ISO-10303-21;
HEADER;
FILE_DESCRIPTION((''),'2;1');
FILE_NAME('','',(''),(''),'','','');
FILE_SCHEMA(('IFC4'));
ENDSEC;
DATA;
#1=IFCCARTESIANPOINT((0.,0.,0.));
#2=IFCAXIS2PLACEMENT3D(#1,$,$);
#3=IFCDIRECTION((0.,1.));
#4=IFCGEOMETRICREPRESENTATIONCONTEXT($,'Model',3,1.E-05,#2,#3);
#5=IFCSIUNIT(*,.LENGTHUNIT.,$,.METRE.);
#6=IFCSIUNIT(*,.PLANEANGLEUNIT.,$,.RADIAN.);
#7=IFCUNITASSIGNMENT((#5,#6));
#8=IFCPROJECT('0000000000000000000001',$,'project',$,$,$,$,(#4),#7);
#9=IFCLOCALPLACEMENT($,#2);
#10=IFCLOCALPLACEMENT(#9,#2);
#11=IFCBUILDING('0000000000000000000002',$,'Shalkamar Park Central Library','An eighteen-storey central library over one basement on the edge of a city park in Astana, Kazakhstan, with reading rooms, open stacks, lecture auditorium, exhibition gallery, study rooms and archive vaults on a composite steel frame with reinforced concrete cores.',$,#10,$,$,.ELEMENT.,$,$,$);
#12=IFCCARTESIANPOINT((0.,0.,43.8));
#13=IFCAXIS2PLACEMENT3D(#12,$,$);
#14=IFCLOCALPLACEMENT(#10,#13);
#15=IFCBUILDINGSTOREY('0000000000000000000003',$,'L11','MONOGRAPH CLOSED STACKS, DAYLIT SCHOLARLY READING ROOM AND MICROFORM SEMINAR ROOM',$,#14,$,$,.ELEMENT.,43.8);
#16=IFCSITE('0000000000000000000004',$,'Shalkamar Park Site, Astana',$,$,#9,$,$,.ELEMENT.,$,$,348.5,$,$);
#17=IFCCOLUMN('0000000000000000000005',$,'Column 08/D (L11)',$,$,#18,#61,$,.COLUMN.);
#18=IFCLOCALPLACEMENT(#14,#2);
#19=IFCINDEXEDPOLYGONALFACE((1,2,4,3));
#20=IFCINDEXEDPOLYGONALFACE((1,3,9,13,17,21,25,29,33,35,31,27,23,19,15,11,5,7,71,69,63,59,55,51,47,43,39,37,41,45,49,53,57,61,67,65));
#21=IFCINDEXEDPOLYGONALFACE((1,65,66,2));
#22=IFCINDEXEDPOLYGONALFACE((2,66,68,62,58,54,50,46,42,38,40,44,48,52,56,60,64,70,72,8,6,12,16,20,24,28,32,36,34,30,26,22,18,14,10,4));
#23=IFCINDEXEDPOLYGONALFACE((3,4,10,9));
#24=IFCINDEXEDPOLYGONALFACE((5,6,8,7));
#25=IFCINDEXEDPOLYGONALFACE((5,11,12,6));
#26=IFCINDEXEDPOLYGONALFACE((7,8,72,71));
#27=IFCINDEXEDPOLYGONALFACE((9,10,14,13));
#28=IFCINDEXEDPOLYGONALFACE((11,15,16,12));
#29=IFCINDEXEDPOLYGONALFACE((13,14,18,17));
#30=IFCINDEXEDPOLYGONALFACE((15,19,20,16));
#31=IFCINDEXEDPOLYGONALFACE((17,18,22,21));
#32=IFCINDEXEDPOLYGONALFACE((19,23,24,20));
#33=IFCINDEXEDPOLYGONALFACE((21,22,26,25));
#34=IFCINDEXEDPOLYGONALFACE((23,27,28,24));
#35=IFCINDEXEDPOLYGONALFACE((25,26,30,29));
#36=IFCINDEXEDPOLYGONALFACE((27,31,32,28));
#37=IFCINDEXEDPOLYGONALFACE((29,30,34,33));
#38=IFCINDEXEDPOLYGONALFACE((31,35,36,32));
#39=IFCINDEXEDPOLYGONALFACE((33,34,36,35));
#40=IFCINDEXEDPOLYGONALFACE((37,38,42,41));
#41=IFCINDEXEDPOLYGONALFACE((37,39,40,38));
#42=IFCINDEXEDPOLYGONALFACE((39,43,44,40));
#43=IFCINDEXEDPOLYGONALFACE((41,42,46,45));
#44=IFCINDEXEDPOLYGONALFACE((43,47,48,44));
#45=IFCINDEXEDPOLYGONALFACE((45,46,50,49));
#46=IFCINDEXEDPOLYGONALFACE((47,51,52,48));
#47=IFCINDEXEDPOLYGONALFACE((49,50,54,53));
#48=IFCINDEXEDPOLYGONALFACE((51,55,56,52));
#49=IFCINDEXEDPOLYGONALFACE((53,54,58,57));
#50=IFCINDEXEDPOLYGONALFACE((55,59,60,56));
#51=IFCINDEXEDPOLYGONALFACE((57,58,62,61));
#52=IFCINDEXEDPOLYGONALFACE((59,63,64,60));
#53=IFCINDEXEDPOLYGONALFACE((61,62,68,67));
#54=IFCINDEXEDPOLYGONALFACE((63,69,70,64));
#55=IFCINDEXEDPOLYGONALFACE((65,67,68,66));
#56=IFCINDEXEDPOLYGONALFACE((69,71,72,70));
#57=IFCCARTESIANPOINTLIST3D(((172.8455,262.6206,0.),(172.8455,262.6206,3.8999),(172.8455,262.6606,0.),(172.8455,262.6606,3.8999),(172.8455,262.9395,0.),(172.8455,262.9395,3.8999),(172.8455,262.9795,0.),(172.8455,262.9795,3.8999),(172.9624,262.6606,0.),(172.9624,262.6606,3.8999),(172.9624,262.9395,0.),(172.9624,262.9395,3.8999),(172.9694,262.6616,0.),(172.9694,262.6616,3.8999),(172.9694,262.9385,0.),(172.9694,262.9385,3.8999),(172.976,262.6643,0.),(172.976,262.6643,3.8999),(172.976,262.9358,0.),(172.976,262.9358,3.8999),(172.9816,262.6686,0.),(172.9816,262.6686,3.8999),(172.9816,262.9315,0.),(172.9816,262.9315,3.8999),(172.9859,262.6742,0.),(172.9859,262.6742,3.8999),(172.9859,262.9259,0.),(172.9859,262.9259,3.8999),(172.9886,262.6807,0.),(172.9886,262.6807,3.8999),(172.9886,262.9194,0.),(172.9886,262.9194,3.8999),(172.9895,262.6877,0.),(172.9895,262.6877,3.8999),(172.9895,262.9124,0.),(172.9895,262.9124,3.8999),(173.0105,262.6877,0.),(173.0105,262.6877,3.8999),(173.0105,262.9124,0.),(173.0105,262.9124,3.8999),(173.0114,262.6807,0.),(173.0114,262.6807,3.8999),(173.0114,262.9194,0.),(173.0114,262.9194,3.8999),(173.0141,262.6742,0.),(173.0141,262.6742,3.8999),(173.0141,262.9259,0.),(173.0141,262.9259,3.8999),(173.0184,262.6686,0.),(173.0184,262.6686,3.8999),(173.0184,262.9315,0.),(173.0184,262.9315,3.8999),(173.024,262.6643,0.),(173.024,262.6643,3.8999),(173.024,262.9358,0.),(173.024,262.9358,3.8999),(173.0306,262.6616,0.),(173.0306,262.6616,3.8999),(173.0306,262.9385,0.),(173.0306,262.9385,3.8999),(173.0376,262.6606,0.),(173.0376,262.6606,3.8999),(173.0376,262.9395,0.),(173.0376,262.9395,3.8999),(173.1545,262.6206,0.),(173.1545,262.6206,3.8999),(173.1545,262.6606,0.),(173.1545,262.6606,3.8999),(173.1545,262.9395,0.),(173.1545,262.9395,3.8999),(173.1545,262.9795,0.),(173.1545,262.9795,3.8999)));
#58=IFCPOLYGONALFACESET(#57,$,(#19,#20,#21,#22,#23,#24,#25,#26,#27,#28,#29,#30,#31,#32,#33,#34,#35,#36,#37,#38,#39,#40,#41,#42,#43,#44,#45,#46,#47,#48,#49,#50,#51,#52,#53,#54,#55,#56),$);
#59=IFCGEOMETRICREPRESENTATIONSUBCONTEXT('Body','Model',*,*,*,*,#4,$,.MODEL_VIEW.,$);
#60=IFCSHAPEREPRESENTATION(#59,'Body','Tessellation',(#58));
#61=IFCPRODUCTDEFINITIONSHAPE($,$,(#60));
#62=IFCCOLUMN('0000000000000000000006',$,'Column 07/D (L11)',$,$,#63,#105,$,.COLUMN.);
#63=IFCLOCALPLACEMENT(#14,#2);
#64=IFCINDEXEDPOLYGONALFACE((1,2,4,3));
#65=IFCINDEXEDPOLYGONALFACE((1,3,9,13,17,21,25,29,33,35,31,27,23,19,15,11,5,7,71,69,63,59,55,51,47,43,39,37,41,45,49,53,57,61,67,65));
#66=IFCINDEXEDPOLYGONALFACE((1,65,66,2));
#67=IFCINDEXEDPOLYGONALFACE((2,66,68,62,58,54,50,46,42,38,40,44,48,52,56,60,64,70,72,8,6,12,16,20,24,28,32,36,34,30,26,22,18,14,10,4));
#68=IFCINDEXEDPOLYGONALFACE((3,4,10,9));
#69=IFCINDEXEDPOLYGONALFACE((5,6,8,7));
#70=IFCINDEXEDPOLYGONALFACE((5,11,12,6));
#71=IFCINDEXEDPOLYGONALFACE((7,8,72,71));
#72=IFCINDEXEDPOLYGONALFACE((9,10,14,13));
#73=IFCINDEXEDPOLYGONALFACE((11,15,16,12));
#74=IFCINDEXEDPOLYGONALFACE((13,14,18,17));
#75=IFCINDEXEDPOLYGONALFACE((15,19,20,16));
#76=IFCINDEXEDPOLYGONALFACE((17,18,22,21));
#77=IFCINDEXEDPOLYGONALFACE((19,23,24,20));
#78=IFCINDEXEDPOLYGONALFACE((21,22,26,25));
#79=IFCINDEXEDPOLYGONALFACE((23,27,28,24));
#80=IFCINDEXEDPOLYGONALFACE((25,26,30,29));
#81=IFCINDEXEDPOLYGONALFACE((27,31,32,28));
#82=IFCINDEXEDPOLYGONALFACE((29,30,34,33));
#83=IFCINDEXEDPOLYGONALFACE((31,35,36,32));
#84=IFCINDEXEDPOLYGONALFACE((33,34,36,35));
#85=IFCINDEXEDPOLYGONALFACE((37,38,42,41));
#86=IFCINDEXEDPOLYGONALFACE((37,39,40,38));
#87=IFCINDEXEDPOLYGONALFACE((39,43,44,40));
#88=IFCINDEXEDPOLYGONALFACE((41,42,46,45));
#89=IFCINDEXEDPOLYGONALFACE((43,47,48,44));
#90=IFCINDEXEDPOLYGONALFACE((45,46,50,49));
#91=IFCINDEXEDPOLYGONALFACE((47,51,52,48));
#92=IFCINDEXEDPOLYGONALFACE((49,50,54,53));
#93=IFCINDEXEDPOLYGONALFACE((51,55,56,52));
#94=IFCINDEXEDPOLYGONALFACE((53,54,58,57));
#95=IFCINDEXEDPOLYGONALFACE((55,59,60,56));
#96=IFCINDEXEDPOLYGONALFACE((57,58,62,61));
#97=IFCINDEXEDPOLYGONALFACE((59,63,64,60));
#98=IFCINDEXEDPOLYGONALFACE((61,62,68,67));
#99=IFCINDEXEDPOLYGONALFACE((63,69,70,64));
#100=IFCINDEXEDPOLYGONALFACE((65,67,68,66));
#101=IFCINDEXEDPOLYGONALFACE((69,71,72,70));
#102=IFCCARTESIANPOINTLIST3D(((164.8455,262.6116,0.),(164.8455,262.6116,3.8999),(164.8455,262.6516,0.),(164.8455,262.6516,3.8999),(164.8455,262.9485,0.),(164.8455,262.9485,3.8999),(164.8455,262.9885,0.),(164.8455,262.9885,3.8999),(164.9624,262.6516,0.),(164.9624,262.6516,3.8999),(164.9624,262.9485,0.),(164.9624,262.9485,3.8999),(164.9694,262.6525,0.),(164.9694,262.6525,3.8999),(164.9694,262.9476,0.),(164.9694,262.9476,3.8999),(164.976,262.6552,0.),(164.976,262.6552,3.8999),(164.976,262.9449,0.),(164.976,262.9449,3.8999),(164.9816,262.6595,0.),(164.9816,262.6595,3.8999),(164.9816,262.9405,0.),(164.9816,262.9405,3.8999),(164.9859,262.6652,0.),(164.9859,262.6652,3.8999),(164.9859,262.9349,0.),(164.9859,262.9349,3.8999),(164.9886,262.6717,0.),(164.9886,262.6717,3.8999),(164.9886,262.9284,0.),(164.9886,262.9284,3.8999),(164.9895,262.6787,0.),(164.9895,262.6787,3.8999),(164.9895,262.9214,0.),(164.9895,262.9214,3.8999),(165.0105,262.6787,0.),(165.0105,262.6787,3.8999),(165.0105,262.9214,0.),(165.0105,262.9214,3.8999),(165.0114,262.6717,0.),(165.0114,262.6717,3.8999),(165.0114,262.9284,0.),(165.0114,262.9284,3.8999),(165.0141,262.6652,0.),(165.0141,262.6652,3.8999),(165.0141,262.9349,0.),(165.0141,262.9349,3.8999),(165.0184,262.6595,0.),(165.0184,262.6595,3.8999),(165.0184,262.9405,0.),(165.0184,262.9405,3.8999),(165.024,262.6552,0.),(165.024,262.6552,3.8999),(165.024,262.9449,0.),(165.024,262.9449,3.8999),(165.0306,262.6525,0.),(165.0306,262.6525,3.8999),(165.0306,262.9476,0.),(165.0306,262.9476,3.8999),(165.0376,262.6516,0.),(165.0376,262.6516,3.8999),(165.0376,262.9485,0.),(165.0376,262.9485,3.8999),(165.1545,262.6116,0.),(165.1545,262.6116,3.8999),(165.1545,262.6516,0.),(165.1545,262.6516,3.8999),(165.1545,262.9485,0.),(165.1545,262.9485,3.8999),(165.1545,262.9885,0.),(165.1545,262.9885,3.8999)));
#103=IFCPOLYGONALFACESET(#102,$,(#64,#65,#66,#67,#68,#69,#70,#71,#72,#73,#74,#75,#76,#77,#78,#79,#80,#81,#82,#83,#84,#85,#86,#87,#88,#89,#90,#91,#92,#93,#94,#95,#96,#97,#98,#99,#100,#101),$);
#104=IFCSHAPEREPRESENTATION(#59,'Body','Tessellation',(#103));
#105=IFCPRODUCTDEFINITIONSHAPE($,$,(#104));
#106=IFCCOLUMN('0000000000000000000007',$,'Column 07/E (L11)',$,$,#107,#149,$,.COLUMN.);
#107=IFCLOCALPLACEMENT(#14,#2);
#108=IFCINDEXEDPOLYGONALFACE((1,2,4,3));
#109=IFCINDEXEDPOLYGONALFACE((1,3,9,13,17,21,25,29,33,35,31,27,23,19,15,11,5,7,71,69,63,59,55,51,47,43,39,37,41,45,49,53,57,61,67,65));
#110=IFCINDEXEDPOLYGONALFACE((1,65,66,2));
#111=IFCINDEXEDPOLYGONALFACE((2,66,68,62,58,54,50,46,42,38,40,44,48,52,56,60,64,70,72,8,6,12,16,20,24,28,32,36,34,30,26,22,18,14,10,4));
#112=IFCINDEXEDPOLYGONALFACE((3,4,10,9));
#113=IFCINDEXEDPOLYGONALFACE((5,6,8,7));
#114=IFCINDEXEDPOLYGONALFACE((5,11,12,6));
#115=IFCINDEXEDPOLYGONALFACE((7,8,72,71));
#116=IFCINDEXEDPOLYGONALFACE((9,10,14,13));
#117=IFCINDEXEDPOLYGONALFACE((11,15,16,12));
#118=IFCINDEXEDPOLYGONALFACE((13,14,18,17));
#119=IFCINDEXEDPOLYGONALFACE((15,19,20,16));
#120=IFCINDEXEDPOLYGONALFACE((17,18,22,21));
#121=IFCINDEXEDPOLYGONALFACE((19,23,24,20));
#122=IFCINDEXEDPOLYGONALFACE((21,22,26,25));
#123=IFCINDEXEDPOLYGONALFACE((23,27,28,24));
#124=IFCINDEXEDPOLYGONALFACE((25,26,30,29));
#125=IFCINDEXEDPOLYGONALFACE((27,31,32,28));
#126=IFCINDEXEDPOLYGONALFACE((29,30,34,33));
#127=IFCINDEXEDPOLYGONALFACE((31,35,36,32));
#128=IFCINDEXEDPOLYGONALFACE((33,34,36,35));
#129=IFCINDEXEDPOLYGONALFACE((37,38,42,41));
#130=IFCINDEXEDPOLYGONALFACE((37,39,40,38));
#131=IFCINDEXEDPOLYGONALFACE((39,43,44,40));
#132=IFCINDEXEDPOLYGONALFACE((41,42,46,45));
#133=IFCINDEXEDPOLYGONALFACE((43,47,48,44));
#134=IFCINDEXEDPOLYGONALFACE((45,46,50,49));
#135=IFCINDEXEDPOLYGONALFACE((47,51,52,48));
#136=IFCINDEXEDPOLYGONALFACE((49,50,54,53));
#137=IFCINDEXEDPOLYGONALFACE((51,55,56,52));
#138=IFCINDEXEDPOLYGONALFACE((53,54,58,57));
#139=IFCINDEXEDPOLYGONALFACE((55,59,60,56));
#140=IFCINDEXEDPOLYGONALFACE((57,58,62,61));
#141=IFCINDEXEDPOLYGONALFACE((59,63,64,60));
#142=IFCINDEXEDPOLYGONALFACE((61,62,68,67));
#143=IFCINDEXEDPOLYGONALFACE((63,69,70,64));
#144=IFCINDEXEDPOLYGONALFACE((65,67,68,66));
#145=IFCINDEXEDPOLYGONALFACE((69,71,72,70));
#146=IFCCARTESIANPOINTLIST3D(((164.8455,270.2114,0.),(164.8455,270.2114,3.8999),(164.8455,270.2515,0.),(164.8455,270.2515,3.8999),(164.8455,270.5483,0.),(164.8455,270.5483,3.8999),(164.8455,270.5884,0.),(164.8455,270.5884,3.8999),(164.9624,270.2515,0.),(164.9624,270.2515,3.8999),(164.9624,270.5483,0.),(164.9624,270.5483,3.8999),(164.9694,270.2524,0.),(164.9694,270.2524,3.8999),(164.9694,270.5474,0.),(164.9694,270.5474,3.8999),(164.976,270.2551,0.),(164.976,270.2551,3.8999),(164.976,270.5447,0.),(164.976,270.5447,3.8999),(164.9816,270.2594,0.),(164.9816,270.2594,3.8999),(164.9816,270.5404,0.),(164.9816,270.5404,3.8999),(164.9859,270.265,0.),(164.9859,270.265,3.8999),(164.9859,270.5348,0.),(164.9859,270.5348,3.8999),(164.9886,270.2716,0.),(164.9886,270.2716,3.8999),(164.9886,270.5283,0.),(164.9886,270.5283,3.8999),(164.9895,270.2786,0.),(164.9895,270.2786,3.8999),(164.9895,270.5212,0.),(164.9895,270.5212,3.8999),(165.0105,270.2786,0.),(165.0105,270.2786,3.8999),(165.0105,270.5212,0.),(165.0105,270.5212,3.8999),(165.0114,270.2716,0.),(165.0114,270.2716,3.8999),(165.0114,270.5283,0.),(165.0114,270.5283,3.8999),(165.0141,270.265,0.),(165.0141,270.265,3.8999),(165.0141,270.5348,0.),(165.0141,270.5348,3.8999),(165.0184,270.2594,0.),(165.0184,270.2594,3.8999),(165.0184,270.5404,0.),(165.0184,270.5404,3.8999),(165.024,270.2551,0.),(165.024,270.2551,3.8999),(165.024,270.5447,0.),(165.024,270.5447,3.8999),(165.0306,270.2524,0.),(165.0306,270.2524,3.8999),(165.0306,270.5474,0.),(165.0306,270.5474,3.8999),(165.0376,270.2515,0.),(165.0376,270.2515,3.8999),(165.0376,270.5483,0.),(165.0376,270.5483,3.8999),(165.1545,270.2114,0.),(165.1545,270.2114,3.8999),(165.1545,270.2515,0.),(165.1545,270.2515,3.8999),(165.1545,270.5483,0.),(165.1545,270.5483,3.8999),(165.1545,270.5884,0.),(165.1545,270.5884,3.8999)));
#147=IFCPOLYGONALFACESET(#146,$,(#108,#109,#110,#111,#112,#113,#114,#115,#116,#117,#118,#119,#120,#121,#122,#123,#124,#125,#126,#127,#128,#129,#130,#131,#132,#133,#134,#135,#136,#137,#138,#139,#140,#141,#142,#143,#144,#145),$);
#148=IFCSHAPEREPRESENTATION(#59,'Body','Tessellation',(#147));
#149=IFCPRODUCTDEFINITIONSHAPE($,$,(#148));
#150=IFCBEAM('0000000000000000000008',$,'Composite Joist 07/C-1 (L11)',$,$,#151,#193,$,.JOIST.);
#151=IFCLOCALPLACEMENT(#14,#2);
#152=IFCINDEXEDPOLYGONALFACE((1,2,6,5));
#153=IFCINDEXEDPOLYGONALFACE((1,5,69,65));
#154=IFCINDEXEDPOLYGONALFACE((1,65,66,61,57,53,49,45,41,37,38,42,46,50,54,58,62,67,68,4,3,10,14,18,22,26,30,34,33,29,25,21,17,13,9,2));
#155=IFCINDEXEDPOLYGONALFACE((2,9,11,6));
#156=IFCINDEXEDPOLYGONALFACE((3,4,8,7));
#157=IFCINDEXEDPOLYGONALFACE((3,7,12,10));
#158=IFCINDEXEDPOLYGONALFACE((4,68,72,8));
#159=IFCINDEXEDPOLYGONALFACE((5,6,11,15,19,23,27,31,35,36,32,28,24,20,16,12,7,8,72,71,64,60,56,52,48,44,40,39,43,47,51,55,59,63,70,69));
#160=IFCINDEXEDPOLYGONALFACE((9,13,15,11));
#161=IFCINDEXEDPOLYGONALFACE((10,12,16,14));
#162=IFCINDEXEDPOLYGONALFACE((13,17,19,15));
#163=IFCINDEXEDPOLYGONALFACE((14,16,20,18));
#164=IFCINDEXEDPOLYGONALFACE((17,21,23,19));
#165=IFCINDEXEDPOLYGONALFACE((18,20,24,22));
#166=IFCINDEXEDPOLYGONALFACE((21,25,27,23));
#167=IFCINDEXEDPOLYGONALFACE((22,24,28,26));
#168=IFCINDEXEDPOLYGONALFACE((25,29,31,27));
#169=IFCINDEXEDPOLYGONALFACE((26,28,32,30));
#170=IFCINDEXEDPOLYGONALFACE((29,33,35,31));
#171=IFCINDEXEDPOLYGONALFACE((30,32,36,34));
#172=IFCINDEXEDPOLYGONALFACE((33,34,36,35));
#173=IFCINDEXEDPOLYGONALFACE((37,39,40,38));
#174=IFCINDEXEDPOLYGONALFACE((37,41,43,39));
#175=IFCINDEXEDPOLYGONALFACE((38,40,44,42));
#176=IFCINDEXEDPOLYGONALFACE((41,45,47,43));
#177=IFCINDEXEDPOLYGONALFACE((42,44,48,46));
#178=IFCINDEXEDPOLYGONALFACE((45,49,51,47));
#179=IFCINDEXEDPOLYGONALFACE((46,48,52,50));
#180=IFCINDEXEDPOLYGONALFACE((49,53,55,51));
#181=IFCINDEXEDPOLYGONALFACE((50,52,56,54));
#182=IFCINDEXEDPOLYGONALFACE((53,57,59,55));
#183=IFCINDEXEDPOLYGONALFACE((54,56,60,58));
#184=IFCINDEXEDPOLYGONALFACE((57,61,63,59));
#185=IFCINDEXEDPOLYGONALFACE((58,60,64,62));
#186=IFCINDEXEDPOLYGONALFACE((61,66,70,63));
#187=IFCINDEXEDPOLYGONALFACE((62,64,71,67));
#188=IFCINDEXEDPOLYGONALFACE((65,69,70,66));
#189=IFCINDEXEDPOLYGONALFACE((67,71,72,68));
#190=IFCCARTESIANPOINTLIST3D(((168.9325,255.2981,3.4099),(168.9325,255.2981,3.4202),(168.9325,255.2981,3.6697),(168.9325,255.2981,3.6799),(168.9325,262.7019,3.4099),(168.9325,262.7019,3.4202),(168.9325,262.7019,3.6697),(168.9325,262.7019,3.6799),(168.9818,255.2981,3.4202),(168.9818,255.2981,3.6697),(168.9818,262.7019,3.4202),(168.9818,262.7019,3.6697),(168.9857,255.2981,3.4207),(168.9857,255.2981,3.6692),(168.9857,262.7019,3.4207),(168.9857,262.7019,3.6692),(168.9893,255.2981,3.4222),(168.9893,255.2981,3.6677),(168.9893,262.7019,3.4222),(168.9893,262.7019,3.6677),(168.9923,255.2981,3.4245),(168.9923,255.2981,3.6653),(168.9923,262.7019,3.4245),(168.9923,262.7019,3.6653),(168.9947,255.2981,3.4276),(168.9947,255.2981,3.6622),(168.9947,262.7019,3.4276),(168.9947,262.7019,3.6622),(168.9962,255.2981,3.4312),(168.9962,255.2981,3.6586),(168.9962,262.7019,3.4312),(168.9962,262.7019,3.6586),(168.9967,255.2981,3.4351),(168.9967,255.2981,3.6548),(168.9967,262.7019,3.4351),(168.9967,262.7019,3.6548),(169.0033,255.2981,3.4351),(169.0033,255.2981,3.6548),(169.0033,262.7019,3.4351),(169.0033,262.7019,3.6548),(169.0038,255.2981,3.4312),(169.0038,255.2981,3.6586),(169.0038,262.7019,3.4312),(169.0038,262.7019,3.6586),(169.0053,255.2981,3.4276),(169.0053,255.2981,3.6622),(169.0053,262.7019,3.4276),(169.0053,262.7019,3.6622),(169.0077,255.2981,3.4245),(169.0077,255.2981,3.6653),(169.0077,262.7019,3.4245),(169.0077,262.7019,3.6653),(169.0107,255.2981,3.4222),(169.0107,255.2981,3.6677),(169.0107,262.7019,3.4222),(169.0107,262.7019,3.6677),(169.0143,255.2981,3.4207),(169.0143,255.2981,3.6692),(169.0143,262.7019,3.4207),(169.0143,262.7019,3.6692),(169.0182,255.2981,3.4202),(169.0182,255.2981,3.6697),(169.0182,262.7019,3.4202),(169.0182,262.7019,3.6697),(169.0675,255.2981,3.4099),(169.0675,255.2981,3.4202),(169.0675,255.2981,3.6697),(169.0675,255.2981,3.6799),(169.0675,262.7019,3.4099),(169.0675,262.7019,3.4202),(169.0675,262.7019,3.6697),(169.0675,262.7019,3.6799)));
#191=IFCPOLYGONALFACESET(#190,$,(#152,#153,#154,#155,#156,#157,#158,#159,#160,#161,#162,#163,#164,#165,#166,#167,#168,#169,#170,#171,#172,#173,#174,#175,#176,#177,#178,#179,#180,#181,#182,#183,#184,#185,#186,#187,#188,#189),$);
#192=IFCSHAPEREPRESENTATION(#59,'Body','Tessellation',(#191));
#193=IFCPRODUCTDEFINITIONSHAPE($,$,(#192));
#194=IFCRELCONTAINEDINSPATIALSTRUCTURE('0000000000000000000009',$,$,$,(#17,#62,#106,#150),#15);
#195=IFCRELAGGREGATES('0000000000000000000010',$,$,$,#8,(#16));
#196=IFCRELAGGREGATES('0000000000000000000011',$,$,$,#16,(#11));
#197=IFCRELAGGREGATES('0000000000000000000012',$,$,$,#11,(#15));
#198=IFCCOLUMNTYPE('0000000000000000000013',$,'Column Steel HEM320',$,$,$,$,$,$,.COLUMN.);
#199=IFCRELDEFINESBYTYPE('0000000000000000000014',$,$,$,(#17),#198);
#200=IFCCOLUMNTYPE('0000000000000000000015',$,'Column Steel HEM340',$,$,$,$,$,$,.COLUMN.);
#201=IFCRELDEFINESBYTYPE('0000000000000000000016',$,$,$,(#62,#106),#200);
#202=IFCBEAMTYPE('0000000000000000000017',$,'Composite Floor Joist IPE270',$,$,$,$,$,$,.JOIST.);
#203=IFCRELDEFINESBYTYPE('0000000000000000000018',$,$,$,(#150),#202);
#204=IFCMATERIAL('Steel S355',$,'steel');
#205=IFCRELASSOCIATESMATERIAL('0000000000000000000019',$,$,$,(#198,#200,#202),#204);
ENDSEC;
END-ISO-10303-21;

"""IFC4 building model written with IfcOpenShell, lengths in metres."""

from ifc_helpers import new_model, si_unit, direction, frame, origin, origin_2d, place, context, subcontext, project, spatial, i_section, extrude, material, material_profile, profile_set, type_object, element, save


model = new_model("IFC4")

# Units and contexts
model_context = context("Model", 3, precision=1e-05, world=origin(), true_north=direction((0.0, 1.0)))
body_context = subcontext(model_context, "Body", "Model", "MODEL_VIEW")
ifc_project = project(units=[si_unit("LENGTHUNIT", "METRE"), si_unit("PLANEANGLEUNIT", "RADIAN")], contexts=[model_context])

# Site, building, storey
site_placement = place(None, origin())
site = spatial("IfcSite", under=ifc_project, at=site_placement, Name="Shalkamar Park Site, Astana", CompositionType="ELEMENT", RefElevation=348.5)
building_placement = place(site_placement, origin())
building = spatial("IfcBuilding", under=site, at=building_placement, Name="Shalkamar Park Central Library", Description="An eighteen-storey central library over one basement on the edge of a city park in Astana, Kazakhstan, with reading rooms, open stacks, lecture auditorium, exhibition gallery, study rooms and archive vaults on a composite steel frame with reinforced concrete cores.", CompositionType="ELEMENT")
storey_placement = place(building_placement, frame((0.0, 0.0, 43.8)))
storey = spatial("IfcBuildingStorey", under=building, at=storey_placement, Name="L11", Description="MONOGRAPH CLOSED STACKS, DAYLIT SCHOLARLY READING ROOM AND MICROFORM SEMINAR ROOM", CompositionType="ELEMENT", Elevation=43.8)

# Columns
ifc_material_1 = material(Name="Steel S355", Category="steel")
ifc_material_profile_1 = material_profile(ifc_material_1, i_section(OverallWidth=0.3091, OverallDepth=0.3589, WebThickness=0.021, FlangeThickness=0.04, FilletRadius=0.0271, at=origin_2d()), Name="HEM 320")
ifc_profile_set_1 = profile_set([ifc_material_profile_1], Name="Steel S355")
column_type_1 = type_object("IfcColumnType", Name="Column Steel HEM320", PredefinedType="COLUMN", material=ifc_profile_set_1)
column_placement = place(storey_placement, frame((173.0, 262.8, 0.0), z_axis=(0.0, 0.0, 1.0), x_axis=(1.0, 0.0, 0.0)))
element("IfcColumn", 1, at=column_placement, inside=storey, type_object=column_type_1, Name="Column 08/D (L11)", PredefinedType="COLUMN", context=body_context, shape_type="SweptSolid", body=[
    extrude(i_section(OverallWidth=0.3091, OverallDepth=0.3589, WebThickness=0.021, FlangeThickness=0.04, FilletRadius=0.0271, at=origin_2d()), origin(), (0.0, 0.0, 1.0), 3.8999),
])
ifc_material_profile_2 = material_profile(ifc_material_1, i_section(OverallWidth=0.3091, OverallDepth=0.377, WebThickness=0.021, FlangeThickness=0.04, FilletRadius=0.0271, at=origin_2d()), Name="HEM 340")
ifc_profile_set_2 = profile_set([ifc_material_profile_2], Name="Steel S355")
column_type_2 = type_object("IfcColumnType", Name="Column Steel HEM340", PredefinedType="COLUMN", material=ifc_profile_set_2)
for number, where, z_axis, x_axis, name in (
    (2, (165.0, 262.8, 0.0), (0.0, 0.0, 1.0), (1.0, 0.0, 0.0), "Column 07/D (L11)"),
    (3, (165.0, 270.3999, 0.0), (0.0, 0.0, 1.0), (1.0, 0.0, 0.0), "Column 07/E (L11)"),
):
    element("IfcColumn", number, at=place(storey_placement, frame(where, z_axis=z_axis, x_axis=x_axis)), inside=storey, type_object=column_type_2, Name=name, PredefinedType="COLUMN", context=body_context, shape_type="SweptSolid", body=[
        extrude(i_section(OverallWidth=0.3091, OverallDepth=0.377, WebThickness=0.021, FlangeThickness=0.04, FilletRadius=0.0271, at=origin_2d()), origin(), (0.0, 0.0, 1.0), 3.8999),
    ])

# Beam
ifc_material_profile_3 = material_profile(ifc_material_1, i_section(OverallWidth=0.135, OverallDepth=0.27, WebThickness=0.0066, FlangeThickness=0.0103, FilletRadius=0.0149, at=origin_2d()), Name="IPE 270")
ifc_profile_set_3 = profile_set([ifc_material_profile_3], Name="Steel S355")
beam_type_1 = type_object("IfcBeamType", Name="Composite Floor Joist IPE270", PredefinedType="JOIST", material=ifc_profile_set_3)
beam_1_placement = place(storey_placement, frame((169.0, 255.2981, 3.5449), z_axis=(0.0, 1.0, 0.0), x_axis=(-1.0, 0.0, 0.0)))
element("IfcBeam", 4, at=beam_1_placement, inside=storey, type_object=beam_type_1, Name="Composite Joist 07/C-1 (L11)", PredefinedType="JOIST", context=body_context, shape_type="SweptSolid", body=[
    extrude(i_section(OverallWidth=0.135, OverallDepth=0.27, WebThickness=0.0066, FlangeThickness=0.0103, FilletRadius=0.0149, at=origin_2d()), origin(), (0.0, 0.0, 1.0), 7.4038),
])

save(model, "model.ifc")
